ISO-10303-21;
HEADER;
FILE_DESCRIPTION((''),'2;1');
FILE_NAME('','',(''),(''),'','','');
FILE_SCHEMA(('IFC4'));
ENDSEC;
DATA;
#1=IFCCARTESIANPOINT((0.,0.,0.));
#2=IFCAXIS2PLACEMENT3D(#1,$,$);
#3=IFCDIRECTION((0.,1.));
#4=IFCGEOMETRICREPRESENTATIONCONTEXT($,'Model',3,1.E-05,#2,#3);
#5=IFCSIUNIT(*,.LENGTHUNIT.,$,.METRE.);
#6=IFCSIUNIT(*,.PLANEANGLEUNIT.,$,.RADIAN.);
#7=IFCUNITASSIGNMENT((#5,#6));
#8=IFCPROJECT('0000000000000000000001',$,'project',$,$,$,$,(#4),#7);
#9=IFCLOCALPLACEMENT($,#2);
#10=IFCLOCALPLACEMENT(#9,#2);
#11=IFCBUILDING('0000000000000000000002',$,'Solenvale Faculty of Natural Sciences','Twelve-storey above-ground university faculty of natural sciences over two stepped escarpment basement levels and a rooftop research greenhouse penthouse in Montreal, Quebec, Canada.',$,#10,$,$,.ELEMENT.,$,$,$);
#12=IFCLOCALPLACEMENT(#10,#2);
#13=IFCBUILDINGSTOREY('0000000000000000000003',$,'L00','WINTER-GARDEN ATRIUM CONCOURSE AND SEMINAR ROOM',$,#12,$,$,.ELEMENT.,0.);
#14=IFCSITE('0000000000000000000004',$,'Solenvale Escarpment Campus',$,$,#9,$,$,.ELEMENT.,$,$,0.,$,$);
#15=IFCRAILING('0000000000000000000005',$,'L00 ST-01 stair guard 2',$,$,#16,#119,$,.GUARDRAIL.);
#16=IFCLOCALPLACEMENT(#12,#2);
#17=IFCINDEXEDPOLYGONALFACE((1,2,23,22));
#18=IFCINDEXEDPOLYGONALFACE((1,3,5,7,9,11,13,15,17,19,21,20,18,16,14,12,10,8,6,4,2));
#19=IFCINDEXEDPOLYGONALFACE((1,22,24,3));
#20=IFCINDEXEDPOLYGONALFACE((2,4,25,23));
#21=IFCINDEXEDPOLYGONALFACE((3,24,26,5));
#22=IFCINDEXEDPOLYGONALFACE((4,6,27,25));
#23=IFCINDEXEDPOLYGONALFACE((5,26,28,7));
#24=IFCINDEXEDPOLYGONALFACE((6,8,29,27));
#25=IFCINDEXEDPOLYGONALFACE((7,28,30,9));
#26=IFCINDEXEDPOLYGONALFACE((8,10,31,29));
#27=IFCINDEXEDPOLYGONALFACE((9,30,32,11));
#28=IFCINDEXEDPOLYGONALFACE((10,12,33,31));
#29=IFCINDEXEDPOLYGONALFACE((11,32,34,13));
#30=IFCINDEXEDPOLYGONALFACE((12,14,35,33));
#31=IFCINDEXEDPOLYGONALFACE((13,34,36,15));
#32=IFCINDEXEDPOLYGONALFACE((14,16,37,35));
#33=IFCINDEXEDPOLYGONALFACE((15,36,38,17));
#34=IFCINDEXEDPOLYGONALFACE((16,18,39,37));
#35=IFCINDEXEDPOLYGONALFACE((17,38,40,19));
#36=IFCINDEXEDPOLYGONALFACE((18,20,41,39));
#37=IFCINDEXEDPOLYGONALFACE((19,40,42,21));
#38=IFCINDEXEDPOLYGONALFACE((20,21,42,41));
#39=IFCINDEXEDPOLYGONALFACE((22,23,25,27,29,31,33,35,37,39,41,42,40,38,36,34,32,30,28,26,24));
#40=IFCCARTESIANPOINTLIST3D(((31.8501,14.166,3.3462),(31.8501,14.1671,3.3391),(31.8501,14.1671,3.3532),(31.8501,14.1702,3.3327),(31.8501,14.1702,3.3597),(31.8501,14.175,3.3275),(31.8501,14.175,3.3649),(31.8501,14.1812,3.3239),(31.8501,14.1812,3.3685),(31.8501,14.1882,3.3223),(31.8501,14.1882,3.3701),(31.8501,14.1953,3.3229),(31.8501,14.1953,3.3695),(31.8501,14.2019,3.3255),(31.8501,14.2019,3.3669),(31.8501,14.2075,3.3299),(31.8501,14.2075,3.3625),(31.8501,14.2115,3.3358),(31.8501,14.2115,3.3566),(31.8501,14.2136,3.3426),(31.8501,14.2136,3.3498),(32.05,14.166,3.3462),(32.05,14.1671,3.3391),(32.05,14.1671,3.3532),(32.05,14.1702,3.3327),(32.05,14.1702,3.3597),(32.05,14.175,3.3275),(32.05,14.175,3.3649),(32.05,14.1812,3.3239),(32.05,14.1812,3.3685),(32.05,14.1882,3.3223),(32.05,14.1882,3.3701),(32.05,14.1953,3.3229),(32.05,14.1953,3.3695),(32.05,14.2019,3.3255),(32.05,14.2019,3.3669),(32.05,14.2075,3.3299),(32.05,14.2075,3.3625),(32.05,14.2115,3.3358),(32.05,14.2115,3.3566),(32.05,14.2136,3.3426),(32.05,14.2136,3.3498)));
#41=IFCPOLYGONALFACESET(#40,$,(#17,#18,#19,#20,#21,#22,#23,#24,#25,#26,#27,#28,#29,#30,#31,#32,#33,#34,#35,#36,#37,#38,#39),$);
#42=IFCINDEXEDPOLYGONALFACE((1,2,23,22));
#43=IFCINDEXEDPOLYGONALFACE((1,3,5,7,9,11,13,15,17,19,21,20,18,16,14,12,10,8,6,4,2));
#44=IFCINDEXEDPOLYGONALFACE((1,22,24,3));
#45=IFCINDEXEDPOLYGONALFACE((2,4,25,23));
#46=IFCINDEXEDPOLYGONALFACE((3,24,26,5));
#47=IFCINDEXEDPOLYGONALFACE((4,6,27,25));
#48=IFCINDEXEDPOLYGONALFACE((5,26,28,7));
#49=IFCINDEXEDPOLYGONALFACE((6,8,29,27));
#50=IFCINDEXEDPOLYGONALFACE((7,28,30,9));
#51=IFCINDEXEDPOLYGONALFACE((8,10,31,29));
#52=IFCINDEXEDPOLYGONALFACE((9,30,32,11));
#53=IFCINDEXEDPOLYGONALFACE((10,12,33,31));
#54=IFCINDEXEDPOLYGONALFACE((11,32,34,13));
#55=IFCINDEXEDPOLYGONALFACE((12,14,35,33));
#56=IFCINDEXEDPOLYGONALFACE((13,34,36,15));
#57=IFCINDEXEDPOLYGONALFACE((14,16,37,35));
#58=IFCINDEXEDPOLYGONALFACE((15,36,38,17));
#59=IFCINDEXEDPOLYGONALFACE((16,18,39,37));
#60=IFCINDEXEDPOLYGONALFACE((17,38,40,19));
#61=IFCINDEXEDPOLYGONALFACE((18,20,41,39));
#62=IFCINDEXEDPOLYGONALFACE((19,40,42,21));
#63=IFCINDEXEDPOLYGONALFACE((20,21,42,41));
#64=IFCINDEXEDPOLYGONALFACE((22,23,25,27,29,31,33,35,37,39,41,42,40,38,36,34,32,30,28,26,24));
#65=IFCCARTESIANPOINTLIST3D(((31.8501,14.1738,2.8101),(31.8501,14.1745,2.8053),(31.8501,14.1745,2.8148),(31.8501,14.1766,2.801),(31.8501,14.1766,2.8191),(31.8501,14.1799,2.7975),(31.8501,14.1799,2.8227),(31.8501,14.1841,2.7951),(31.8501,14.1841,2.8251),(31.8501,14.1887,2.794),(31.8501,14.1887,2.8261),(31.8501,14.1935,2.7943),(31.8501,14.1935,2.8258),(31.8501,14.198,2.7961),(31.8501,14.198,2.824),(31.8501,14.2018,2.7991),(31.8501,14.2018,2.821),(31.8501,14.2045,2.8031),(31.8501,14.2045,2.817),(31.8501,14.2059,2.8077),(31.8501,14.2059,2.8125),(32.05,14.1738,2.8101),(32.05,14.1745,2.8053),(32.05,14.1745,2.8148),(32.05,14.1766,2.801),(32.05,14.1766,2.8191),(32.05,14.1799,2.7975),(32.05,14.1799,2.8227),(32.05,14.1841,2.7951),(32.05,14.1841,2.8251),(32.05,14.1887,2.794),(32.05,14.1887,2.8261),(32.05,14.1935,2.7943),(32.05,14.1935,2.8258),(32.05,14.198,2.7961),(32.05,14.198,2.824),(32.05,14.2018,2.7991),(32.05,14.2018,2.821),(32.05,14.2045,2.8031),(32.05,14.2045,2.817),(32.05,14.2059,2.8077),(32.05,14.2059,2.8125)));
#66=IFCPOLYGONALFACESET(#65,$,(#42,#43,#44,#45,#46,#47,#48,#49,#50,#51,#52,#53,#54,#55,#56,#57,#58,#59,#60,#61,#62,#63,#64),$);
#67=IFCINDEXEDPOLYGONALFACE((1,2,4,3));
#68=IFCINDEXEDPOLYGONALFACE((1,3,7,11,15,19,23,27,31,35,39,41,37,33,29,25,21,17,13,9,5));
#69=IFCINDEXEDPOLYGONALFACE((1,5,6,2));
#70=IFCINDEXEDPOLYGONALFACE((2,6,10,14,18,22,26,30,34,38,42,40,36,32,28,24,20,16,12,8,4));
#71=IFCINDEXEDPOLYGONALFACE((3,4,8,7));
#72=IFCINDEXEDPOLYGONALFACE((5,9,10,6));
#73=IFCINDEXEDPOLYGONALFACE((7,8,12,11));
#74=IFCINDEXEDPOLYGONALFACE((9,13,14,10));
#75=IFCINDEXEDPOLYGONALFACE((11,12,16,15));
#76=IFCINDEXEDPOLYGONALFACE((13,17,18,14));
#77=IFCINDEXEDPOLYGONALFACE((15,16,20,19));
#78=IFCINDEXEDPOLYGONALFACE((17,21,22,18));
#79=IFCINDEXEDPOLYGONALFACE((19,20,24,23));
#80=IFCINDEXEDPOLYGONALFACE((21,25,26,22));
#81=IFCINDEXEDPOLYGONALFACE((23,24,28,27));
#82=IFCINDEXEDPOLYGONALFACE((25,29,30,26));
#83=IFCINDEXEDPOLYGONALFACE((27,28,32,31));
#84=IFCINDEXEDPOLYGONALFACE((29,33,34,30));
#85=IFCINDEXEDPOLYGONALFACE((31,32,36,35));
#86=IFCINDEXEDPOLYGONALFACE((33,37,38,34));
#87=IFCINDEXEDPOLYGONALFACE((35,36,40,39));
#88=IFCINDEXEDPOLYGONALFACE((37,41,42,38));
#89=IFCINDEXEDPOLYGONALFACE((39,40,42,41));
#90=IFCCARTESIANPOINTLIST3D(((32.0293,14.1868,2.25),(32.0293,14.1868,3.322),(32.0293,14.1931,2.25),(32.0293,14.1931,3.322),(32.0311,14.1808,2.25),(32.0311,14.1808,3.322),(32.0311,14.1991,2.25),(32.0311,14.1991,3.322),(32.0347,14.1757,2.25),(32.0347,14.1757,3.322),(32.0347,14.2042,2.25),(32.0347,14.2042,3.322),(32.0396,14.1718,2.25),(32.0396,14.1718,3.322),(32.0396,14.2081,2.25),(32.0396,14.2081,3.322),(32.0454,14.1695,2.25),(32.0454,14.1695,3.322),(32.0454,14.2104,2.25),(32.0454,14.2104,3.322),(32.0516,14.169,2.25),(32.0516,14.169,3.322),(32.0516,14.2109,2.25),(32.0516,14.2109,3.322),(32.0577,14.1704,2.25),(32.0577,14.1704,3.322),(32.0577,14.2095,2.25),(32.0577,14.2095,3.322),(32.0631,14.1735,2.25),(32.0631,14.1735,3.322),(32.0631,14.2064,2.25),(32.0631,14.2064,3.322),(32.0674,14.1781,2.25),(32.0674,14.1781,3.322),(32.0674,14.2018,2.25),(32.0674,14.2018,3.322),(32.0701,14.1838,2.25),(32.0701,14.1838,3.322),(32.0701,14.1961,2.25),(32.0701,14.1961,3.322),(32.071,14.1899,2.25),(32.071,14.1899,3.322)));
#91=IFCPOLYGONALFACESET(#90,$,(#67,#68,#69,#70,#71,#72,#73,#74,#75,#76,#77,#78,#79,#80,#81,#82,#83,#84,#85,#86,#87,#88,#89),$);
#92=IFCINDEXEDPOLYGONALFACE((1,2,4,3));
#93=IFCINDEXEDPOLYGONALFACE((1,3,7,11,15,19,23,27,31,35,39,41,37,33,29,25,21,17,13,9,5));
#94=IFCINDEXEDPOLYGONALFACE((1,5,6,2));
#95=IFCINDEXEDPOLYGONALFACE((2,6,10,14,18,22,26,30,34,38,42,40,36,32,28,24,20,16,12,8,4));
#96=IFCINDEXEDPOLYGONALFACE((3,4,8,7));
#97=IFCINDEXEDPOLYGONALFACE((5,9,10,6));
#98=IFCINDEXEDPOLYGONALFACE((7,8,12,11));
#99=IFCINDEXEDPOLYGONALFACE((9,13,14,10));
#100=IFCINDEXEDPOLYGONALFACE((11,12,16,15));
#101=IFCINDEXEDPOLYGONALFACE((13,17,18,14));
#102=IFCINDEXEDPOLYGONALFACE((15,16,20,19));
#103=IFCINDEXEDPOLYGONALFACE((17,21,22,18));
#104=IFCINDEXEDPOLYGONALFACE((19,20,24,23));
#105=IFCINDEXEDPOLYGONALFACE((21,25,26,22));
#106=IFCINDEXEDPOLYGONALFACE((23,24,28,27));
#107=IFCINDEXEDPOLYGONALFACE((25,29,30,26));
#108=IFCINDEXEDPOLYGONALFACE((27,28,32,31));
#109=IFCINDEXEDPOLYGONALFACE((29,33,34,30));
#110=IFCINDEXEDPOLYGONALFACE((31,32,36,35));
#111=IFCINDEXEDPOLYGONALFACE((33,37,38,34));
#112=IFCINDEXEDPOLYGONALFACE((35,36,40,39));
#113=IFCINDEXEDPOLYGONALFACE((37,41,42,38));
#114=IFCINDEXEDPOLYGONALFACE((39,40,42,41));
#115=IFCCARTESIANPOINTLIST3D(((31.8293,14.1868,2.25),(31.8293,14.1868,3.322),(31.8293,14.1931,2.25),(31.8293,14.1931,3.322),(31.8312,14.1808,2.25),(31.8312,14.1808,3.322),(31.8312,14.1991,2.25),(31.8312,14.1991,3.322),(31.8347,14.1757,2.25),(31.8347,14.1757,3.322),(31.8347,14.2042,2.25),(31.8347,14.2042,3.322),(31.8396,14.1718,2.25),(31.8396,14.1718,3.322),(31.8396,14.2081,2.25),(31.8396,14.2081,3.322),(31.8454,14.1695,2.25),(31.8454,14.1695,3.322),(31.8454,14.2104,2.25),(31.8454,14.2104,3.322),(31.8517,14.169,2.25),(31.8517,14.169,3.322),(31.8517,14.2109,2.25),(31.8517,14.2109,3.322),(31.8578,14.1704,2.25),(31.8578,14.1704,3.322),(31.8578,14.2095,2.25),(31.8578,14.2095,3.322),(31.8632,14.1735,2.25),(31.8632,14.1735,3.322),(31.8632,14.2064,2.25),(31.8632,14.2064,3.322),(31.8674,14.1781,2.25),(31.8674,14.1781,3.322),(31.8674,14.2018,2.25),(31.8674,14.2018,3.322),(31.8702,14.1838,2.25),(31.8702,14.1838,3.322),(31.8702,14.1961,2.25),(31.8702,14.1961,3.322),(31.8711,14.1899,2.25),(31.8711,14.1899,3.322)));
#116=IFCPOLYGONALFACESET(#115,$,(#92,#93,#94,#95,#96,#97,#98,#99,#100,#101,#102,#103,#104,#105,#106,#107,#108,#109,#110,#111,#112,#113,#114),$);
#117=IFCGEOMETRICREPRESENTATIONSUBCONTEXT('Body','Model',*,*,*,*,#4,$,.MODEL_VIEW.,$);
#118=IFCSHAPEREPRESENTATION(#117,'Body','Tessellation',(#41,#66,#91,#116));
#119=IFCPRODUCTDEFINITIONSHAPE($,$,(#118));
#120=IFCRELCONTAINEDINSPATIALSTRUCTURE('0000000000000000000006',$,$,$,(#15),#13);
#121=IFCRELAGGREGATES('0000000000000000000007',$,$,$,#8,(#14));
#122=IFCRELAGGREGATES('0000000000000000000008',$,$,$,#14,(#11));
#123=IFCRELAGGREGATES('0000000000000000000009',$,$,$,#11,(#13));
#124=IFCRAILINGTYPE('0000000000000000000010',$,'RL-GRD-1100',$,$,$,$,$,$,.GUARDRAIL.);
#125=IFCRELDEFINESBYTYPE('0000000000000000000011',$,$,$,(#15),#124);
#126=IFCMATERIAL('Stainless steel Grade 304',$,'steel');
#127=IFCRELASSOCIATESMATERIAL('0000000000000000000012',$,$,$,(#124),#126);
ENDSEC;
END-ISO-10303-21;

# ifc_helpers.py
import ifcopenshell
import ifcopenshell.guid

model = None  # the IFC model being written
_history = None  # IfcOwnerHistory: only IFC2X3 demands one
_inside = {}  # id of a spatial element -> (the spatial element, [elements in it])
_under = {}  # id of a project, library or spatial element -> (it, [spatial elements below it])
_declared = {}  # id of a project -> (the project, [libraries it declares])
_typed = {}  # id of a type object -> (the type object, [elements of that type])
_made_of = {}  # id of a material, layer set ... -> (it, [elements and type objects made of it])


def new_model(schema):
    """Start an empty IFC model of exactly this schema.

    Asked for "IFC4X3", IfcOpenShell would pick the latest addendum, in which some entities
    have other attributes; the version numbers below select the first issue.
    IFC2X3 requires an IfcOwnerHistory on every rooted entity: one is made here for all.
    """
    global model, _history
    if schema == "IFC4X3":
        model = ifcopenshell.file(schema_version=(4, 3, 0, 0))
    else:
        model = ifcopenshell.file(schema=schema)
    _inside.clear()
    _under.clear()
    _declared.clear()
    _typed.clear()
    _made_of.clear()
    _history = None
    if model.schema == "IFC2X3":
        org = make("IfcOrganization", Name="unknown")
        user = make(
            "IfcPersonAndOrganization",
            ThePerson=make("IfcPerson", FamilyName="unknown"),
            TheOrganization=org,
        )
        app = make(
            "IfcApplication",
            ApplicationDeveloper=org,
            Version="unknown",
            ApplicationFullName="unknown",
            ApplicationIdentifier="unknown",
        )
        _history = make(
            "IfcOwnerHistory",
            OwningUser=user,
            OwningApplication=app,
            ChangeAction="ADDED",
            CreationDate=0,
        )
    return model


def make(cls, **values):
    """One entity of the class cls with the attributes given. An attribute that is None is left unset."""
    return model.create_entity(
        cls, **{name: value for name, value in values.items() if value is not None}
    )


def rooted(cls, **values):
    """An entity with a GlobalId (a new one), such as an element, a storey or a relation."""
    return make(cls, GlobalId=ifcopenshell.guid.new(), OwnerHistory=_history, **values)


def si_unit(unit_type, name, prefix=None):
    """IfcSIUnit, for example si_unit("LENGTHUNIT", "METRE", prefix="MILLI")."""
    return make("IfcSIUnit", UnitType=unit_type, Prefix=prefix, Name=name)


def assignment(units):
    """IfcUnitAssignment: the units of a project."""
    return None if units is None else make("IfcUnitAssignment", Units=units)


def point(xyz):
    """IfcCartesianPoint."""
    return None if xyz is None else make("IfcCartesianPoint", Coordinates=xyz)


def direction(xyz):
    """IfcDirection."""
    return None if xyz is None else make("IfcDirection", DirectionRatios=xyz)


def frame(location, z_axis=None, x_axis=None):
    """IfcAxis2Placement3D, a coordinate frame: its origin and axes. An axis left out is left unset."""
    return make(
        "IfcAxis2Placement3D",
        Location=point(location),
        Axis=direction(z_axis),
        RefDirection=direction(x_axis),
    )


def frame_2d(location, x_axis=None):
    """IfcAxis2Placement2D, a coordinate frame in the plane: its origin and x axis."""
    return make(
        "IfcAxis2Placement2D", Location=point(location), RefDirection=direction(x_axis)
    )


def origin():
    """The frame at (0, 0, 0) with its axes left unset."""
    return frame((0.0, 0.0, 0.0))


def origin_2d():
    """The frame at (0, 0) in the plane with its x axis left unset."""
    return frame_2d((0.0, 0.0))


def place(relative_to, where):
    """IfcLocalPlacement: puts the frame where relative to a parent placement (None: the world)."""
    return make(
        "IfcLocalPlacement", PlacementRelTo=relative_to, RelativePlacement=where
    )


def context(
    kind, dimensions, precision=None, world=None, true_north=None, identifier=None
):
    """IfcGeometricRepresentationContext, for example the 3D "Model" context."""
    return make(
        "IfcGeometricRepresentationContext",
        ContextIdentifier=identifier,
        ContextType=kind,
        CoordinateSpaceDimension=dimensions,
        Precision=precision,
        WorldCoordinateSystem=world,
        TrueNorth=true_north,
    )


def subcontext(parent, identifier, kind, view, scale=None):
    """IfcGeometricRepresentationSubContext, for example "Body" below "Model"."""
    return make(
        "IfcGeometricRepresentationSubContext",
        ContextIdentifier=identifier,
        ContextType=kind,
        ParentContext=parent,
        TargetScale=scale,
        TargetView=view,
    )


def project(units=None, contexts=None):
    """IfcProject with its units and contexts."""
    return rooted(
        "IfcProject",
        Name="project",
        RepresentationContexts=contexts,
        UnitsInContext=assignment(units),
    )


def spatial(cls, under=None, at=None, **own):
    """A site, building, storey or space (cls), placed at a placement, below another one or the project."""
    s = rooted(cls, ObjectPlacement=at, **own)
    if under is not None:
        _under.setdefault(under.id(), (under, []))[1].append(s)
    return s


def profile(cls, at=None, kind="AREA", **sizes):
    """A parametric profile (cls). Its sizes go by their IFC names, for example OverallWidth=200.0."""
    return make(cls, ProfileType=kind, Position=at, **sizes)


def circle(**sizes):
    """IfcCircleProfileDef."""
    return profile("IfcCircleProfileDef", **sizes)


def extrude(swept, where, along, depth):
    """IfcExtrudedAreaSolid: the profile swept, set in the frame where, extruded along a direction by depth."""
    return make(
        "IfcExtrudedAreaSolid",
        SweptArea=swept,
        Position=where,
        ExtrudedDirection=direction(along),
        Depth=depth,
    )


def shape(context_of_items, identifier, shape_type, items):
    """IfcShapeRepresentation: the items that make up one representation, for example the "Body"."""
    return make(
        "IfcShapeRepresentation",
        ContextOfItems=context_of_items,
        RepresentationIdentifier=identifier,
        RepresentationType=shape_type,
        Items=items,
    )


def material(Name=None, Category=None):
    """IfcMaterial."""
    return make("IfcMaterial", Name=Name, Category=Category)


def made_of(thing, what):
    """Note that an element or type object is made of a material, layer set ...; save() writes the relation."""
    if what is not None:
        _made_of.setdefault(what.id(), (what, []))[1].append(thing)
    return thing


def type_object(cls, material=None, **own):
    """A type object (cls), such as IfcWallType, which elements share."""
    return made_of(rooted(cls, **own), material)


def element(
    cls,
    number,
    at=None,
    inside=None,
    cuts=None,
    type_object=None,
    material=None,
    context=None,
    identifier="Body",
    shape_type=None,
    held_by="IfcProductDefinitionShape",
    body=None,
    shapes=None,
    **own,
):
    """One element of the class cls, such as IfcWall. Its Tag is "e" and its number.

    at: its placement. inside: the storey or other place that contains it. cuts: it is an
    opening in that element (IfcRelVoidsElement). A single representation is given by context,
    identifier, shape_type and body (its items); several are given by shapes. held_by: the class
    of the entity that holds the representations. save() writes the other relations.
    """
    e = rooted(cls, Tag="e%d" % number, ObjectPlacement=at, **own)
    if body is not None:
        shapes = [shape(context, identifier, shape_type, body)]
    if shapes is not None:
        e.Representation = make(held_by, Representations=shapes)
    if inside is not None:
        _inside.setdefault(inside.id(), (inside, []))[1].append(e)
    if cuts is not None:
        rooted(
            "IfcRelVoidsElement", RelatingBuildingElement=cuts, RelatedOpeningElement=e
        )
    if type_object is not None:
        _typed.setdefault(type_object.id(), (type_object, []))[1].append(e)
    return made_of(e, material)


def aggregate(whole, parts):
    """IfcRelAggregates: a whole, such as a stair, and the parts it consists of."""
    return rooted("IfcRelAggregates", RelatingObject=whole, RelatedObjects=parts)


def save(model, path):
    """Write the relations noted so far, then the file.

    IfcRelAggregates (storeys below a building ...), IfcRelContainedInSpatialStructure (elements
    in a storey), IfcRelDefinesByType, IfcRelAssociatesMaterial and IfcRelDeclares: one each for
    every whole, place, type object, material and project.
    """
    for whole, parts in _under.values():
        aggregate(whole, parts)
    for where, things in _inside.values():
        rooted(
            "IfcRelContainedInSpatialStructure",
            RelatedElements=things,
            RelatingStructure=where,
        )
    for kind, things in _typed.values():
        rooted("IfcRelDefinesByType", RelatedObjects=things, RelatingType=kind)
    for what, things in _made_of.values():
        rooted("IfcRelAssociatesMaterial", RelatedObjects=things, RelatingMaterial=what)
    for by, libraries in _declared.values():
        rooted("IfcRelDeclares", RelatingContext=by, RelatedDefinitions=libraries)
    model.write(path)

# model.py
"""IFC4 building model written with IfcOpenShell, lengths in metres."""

from ifc_helpers import new_model, si_unit, direction, frame, origin, origin_2d, place, context, subcontext, project, spatial, circle, extrude, material, type_object, element, save


model = new_model("IFC4")

# Units and contexts
model_context = context("Model", 3, precision=1e-05, world=origin(), true_north=direction((0.0, 1.0)))
body_context = subcontext(model_context, "Body", "Model", "MODEL_VIEW")
ifc_project = project(units=[si_unit("LENGTHUNIT", "METRE"), si_unit("PLANEANGLEUNIT", "RADIAN")], contexts=[model_context])

# Site, building, storey
site_placement = place(None, origin())
site = spatial("IfcSite", under=ifc_project, at=site_placement, Name="Solenvale Escarpment Campus", CompositionType="ELEMENT", RefElevation=0.0)
building_placement = place(site_placement, origin())
building = spatial("IfcBuilding", under=site, at=building_placement, Name="Solenvale Faculty of Natural Sciences", Description="Twelve-storey above-ground university faculty of natural sciences over two stepped escarpment basement levels and a rooftop research greenhouse penthouse in Montreal, Quebec, Canada.", CompositionType="ELEMENT")
storey_placement = place(building_placement, origin())
storey = spatial("IfcBuildingStorey", under=building, at=storey_placement, Name="L00", Description="WINTER-GARDEN ATRIUM CONCOURSE AND SEMINAR ROOM", CompositionType="ELEMENT", Elevation=0.0)

# Railing
ifc_material_1 = material(Name="Stainless steel Grade 304", Category="steel")
railing_type_1 = type_object("IfcRailingType", Name="RL-GRD-1100", PredefinedType="GUARDRAIL", material=ifc_material_1)
railing_1_placement = place(storey_placement, frame((32.05, 14.1899, 2.25)))
element("IfcRailing", 1, at=railing_1_placement, inside=storey, type_object=railing_type_1, Name="L00 ST-01 stair guard 2", PredefinedType="GUARDRAIL", context=body_context, shape_type="SweptSolid", body=[
    extrude(circle(Radius=0.0239, at=origin_2d()), frame((0.0, 0.0, 1.0962), z_axis=(-1.0, 0.0, 0.0), x_axis=(0.0, -1.0, 0.0)), (0.0, 0.0, 1.0), 0.2),
    extrude(circle(Radius=0.0161, at=origin_2d()), frame((0.0, 0.0, 0.5601), z_axis=(-1.0, 0.0, 0.0), x_axis=(0.0, -1.0, 0.0)), (0.0, 0.0, 1.0), 0.2),
    extrude(circle(Radius=0.021, at=origin_2d()), origin(), (0.0, 0.0, 1.0), 1.072),
    extrude(circle(Radius=0.021, at=origin_2d()), frame((-0.2, 0.0, 0.0)), (0.0, 0.0, 1.0), 1.072),
])

save(model, "model.ifc")
